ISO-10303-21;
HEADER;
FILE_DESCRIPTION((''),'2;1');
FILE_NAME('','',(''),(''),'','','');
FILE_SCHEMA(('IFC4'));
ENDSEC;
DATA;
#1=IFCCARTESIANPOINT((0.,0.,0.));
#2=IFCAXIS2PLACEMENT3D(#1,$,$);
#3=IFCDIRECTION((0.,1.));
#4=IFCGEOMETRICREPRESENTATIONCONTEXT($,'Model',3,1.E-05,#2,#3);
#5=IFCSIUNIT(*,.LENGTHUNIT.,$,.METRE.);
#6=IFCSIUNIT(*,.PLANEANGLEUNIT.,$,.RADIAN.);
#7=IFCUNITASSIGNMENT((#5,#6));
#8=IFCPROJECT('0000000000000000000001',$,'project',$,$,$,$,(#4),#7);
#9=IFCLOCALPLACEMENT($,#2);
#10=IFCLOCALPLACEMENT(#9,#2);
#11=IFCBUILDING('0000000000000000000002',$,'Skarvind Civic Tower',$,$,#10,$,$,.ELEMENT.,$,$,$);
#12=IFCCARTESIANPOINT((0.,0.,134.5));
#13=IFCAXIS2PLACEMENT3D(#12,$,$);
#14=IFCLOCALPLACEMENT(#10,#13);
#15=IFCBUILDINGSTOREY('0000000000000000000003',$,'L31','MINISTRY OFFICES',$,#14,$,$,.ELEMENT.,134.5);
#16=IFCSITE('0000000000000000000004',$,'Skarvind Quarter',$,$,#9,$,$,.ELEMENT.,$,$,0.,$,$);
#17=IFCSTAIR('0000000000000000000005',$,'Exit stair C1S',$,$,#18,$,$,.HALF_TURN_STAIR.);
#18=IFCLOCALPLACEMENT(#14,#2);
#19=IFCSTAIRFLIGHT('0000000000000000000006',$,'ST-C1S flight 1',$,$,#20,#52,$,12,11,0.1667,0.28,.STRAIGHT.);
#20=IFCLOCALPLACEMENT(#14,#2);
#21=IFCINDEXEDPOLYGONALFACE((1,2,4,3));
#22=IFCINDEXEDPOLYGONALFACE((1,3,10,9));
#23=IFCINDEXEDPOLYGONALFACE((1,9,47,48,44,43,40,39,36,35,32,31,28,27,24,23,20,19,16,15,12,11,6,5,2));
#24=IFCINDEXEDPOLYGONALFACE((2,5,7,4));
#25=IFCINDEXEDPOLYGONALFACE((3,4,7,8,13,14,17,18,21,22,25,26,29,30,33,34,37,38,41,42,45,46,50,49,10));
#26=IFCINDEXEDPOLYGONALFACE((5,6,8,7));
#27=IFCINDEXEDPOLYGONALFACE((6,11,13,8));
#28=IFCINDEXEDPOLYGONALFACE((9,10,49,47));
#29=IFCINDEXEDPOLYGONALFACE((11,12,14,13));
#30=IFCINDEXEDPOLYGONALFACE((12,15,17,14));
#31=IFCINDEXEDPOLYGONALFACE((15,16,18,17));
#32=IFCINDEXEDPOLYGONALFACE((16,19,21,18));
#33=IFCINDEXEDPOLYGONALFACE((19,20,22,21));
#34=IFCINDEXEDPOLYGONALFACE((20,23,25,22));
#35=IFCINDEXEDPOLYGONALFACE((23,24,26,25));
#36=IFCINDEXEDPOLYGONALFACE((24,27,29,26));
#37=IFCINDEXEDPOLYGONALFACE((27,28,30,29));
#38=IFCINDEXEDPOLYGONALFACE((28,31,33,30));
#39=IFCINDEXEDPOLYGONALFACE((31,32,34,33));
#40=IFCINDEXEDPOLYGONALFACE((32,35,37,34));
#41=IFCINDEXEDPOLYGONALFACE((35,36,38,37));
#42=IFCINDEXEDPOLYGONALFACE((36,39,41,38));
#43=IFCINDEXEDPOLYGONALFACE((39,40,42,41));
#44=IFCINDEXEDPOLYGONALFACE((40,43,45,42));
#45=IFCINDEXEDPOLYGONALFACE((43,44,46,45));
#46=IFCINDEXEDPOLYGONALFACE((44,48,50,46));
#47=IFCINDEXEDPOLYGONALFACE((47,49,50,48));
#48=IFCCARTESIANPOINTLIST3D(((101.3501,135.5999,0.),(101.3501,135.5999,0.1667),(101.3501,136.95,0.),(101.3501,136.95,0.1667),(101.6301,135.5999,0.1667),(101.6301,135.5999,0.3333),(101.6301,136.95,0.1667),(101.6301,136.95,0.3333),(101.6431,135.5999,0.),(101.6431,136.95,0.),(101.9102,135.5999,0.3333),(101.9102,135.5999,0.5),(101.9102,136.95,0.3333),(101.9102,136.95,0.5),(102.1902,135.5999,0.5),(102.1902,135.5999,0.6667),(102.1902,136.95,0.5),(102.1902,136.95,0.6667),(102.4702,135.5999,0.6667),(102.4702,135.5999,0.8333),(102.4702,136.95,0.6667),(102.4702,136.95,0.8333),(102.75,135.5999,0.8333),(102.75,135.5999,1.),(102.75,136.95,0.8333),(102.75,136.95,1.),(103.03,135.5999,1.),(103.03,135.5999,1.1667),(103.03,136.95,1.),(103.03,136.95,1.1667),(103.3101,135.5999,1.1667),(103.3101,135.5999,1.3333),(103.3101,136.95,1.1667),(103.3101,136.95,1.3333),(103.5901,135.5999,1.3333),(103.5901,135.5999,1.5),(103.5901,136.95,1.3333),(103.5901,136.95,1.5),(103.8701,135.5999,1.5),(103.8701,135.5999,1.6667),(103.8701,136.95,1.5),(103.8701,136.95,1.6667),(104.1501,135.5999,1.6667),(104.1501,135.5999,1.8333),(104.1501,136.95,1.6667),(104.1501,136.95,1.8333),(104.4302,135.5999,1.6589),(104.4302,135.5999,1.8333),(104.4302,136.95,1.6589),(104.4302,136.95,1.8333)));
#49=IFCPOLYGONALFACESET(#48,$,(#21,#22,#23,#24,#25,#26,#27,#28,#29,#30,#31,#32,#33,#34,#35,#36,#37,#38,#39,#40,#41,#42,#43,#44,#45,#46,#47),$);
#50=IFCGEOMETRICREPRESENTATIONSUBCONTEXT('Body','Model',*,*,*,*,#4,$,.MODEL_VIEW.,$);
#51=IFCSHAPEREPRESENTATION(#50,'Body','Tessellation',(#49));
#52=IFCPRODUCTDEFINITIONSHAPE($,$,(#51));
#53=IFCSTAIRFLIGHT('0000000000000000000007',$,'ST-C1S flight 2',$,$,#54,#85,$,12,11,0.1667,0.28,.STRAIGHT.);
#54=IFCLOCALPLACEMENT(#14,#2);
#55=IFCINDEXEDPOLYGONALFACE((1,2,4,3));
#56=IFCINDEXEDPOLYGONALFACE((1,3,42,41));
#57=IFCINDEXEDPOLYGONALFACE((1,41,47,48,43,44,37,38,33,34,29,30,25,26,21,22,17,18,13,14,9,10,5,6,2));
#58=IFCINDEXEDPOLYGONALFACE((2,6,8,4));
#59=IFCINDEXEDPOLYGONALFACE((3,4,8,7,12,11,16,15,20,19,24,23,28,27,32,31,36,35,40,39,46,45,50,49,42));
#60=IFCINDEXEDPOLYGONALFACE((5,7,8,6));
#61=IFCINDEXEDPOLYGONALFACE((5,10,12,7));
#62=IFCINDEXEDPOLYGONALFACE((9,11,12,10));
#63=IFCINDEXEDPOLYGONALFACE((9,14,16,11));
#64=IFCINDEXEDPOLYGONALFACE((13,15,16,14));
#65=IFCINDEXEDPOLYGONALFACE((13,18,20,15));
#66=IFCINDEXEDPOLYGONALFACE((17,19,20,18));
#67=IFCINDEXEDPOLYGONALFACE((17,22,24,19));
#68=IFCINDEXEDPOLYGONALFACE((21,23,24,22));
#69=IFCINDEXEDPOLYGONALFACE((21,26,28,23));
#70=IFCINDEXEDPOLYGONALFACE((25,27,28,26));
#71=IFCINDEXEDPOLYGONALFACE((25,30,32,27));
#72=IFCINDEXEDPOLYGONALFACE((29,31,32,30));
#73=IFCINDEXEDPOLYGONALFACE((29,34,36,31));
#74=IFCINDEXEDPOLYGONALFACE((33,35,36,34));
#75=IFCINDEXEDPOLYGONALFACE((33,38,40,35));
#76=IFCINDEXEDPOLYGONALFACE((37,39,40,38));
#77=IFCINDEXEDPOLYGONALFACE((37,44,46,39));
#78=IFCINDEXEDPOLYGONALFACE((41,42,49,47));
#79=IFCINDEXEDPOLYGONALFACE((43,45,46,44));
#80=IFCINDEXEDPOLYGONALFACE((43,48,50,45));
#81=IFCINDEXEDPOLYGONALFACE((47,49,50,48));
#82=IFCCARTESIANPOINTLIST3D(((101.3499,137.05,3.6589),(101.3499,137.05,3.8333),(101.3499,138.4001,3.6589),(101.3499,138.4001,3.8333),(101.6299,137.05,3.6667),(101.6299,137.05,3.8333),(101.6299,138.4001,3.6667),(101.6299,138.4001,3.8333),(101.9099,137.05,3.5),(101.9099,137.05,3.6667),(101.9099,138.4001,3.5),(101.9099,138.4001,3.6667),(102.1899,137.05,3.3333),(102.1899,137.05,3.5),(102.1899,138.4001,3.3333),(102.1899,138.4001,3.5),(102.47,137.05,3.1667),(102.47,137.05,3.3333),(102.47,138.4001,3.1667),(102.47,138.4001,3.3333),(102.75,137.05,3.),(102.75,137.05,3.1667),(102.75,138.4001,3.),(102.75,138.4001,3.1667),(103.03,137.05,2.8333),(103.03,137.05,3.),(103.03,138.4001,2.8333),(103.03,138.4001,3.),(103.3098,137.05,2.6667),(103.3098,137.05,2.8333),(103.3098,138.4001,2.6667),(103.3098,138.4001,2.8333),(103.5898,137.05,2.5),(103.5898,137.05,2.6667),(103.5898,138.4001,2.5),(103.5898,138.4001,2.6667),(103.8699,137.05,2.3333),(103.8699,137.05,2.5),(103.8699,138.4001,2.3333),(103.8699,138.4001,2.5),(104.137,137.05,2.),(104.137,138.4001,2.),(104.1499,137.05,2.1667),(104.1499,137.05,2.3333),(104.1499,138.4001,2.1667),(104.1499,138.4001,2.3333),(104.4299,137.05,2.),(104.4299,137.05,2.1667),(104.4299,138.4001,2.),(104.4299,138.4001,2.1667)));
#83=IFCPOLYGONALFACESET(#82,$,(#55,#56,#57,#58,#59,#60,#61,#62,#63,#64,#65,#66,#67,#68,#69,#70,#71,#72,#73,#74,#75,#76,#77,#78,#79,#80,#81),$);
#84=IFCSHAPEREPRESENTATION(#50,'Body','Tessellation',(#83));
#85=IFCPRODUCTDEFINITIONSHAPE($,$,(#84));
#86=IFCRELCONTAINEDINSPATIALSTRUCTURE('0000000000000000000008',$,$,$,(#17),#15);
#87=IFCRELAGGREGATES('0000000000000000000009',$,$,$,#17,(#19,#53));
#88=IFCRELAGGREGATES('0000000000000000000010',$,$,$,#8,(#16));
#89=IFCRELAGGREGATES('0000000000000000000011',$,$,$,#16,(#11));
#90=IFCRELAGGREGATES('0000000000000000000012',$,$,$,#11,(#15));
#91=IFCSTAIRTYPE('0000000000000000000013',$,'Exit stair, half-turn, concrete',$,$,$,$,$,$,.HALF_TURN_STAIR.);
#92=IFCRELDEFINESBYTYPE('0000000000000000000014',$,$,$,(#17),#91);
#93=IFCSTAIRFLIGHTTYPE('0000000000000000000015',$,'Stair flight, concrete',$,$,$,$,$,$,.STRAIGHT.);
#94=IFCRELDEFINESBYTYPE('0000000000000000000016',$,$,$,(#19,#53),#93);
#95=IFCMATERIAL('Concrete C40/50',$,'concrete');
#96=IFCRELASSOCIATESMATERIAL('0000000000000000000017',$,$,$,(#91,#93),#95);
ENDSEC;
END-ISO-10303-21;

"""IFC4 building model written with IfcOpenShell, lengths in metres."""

from ifc_helpers import new_model, si_unit, direction, frame, origin, place, context, subcontext, project, spatial, polyline, outline, extrude, material, type_object, element, aggregate, save


model = new_model("IFC4")

# Units and contexts
model_context = context("Model", 3, precision=1e-05, world=origin(), true_north=direction((0.0, 1.0)))
body_context = subcontext(model_context, "Body", "Model", "MODEL_VIEW")
ifc_project = project(units=[si_unit("LENGTHUNIT", "METRE"), si_unit("PLANEANGLEUNIT", "RADIAN")], contexts=[model_context])

# Site, building, storey
site_placement = place(None, origin())
site = spatial("IfcSite", under=ifc_project, at=site_placement, Name="Skarvind Quarter", CompositionType="ELEMENT", RefElevation=0.0)
building_placement = place(site_placement, origin())
building = spatial("IfcBuilding", under=site, at=building_placement, Name="Skarvind Civic Tower", CompositionType="ELEMENT")
storey_placement = place(building_placement, frame((0.0, 0.0, 134.5)))
storey = spatial("IfcBuildingStorey", under=building, at=storey_placement, Name="L31", Description="MINISTRY OFFICES", CompositionType="ELEMENT", Elevation=134.5)

# Stair, stair flights
ifc_material_1 = material(Name="Concrete C40/50", Category="concrete")
stair_type = type_object("IfcStairType", Name="Exit stair, half-turn, concrete", PredefinedType="HALF_TURN_STAIR", material=ifc_material_1)
stair_placement = place(storey_placement, origin())
stair = element("IfcStair", 1, at=stair_placement, inside=storey, type_object=stair_type, Name="Exit stair C1S", PredefinedType="HALF_TURN_STAIR")
stair_flight_type = type_object("IfcStairFlightType", Name="Stair flight, concrete", PredefinedType="STRAIGHT", material=ifc_material_1)
stair_flight_1_placement = place(storey_placement, frame((101.3501, 136.2749, 0.0), z_axis=(0.0, 0.0, 1.0), x_axis=(1.0, 0.0, 0.0)))
stair_flight_1 = element("IfcStairFlight", 2, at=stair_flight_1_placement, type_object=stair_flight_type, Name="ST-C1S flight 1", NumberOfRisers=12, NumberOfTreads=11, PredefinedType="STRAIGHT", RiserHeight=0.1667, TreadLength=0.28, context=body_context, shape_type="SweptSolid", body=[
    extrude(outline(polyline([(0.0, 0.0), (0.0, 0.1667), (0.28, 0.1667), (0.28, 0.3333), (0.5601, 0.3333), (0.5601, 0.5), (0.8401, 0.5), (0.8401, 0.6667), (1.1201, 0.6667), (1.1201, 0.8333), (1.3999, 0.8333), (1.3999, 1.0), (1.6799, 1.0), (1.6799, 1.1667), (1.96, 1.1667), (1.96, 1.3333), (2.24, 1.3333), (2.24, 1.5), (2.52, 1.5), (2.52, 1.6667), (2.8, 1.6667), (2.8, 1.8333), (3.0801, 1.8333), (3.0801, 2.0), (3.0801, 1.6589), (0.293, 0.0), (0.0, 0.0)])), frame((0.0, 0.675, 0.0), z_axis=(0.0, -1.0, 0.0), x_axis=(1.0, 0.0, 0.0)), (0.0, 0.0, 1.0), 1.3501),
])
stair_flight_2_placement = place(storey_placement, frame((104.4299, 137.7251, 2.0), z_axis=(0.0, 0.0, 1.0), x_axis=(-1.0, 0.0, 0.0)))
stair_flight_2 = element("IfcStairFlight", 3, at=stair_flight_2_placement, type_object=stair_flight_type, Name="ST-C1S flight 2", NumberOfRisers=12, NumberOfTreads=11, PredefinedType="STRAIGHT", RiserHeight=0.1667, TreadLength=0.28, context=body_context, shape_type="SweptSolid", body=[
    extrude(outline(polyline([(0.0, 0.0), (0.0, 0.1667), (0.28, 0.1667), (0.28, 0.3333), (0.5601, 0.3333), (0.5601, 0.5), (0.8401, 0.5), (0.8401, 0.6667), (1.1201, 0.6667), (1.1201, 0.8333), (1.3999, 0.8333), (1.3999, 1.0), (1.6799, 1.0), (1.6799, 1.1667), (1.96, 1.1667), (1.96, 1.3333), (2.24, 1.3333), (2.24, 1.5), (2.52, 1.5), (2.52, 1.6667), (2.8, 1.6667), (2.8, 1.8333), (3.0801, 1.8333), (3.0801, 2.0), (3.0801, 1.6589), (0.293, 0.0), (0.0, 0.0)])), frame((0.0, 0.675, 0.0), z_axis=(0.0, -1.0, 0.0), x_axis=(1.0, 0.0, 0.0)), (0.0, 0.0, 1.0), 1.3501),
])
aggregate(stair, [stair_flight_1, stair_flight_2])

save(model, "model.ifc")
